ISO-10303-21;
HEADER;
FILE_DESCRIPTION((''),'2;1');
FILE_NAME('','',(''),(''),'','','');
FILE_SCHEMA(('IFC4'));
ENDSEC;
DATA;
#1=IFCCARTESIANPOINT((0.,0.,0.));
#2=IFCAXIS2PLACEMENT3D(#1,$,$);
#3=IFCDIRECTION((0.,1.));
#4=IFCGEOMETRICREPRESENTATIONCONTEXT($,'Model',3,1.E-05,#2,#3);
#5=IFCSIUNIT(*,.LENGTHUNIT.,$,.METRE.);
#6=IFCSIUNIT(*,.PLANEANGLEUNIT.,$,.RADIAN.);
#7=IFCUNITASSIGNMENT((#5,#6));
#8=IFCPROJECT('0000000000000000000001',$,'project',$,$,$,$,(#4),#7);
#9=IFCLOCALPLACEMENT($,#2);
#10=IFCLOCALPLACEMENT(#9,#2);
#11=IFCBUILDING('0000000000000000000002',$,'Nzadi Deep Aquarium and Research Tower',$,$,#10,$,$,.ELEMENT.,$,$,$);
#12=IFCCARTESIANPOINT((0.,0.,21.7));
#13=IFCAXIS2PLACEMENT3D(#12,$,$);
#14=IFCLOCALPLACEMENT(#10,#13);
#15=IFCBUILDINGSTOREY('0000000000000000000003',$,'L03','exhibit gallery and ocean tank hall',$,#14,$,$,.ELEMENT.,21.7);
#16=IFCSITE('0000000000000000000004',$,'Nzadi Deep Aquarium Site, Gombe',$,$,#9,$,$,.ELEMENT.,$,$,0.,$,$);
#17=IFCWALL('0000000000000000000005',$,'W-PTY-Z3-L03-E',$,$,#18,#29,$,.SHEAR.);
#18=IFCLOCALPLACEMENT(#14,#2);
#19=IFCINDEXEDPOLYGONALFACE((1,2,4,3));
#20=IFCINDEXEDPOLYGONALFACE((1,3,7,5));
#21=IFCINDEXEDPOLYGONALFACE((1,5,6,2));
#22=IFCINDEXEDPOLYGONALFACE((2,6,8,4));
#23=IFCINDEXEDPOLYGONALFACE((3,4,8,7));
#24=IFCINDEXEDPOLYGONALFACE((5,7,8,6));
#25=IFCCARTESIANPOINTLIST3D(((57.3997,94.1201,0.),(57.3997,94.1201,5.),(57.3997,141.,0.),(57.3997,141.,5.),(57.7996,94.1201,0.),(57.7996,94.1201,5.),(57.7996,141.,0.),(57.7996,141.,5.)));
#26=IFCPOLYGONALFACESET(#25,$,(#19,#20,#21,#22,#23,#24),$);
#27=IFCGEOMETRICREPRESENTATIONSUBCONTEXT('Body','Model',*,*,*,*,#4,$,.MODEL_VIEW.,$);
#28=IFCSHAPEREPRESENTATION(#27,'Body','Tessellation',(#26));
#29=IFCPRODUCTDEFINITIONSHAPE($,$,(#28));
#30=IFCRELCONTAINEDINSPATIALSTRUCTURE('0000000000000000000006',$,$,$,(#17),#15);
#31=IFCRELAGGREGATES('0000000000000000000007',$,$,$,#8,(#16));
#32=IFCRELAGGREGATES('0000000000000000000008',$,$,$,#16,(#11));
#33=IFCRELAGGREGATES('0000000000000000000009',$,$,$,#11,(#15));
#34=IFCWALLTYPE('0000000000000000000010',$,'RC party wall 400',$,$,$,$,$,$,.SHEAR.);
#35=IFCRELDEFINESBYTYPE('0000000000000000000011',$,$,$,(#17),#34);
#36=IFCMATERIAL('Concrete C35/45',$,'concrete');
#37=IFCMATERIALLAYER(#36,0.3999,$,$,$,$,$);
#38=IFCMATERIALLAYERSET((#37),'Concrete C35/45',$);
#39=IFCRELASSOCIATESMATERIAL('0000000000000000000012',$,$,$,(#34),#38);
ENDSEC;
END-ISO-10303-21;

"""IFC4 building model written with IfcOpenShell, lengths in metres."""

from ifc_helpers import new_model, si_unit, direction, frame, frame_2d, origin, place, context, subcontext, project, spatial, rectangle, extrude, material, layer, layer_set, type_object, element, save


model = new_model("IFC4")

# Units and contexts
model_context = context("Model", 3, precision=1e-05, world=origin(), true_north=direction((0.0, 1.0)))
body_context = subcontext(model_context, "Body", "Model", "MODEL_VIEW")
ifc_project = project(units=[si_unit("LENGTHUNIT", "METRE"), si_unit("PLANEANGLEUNIT", "RADIAN")], contexts=[model_context])

# Site, building, storey
site_placement = place(None, origin())
site = spatial("IfcSite", under=ifc_project, at=site_placement, Name="Nzadi Deep Aquarium Site, Gombe", CompositionType="ELEMENT", RefElevation=0.0)
building_placement = place(site_placement, origin())
building = spatial("IfcBuilding", under=site, at=building_placement, Name="Nzadi Deep Aquarium and Research Tower", CompositionType="ELEMENT")
storey_placement = place(building_placement, frame((0.0, 0.0, 21.7)))
storey = spatial("IfcBuildingStorey", under=building, at=storey_placement, Name="L03", Description="exhibit gallery and ocean tank hall", CompositionType="ELEMENT", Elevation=21.7)

# Wall
ifc_material_1 = material(Name="Concrete C35/45", Category="concrete")
ifc_layer_1 = layer(ifc_material_1, 0.3999)
ifc_layer_set_1 = layer_set([ifc_layer_1], Name="Concrete C35/45")
wall_type_1 = type_object("IfcWallType", Name="RC party wall 400", PredefinedType="SHEAR", material=ifc_layer_set_1)
wall_1_placement = place(storey_placement, frame((57.5996, 94.1201, 0.0), z_axis=(0.0, 0.0, 1.0), x_axis=(0.0, 1.0, 0.0)))
element("IfcWall", 1, at=wall_1_placement, inside=storey, type_object=wall_type_1, Name="W-PTY-Z3-L03-E", PredefinedType="SHEAR", context=body_context, shape_type="SweptSolid", body=[
    extrude(rectangle(XDim=46.8799, YDim=0.3999, at=frame_2d((23.4399, 0.0))), origin(), (0.0, 0.0, 1.0), 5.0),
])

save(model, "model.ifc")
